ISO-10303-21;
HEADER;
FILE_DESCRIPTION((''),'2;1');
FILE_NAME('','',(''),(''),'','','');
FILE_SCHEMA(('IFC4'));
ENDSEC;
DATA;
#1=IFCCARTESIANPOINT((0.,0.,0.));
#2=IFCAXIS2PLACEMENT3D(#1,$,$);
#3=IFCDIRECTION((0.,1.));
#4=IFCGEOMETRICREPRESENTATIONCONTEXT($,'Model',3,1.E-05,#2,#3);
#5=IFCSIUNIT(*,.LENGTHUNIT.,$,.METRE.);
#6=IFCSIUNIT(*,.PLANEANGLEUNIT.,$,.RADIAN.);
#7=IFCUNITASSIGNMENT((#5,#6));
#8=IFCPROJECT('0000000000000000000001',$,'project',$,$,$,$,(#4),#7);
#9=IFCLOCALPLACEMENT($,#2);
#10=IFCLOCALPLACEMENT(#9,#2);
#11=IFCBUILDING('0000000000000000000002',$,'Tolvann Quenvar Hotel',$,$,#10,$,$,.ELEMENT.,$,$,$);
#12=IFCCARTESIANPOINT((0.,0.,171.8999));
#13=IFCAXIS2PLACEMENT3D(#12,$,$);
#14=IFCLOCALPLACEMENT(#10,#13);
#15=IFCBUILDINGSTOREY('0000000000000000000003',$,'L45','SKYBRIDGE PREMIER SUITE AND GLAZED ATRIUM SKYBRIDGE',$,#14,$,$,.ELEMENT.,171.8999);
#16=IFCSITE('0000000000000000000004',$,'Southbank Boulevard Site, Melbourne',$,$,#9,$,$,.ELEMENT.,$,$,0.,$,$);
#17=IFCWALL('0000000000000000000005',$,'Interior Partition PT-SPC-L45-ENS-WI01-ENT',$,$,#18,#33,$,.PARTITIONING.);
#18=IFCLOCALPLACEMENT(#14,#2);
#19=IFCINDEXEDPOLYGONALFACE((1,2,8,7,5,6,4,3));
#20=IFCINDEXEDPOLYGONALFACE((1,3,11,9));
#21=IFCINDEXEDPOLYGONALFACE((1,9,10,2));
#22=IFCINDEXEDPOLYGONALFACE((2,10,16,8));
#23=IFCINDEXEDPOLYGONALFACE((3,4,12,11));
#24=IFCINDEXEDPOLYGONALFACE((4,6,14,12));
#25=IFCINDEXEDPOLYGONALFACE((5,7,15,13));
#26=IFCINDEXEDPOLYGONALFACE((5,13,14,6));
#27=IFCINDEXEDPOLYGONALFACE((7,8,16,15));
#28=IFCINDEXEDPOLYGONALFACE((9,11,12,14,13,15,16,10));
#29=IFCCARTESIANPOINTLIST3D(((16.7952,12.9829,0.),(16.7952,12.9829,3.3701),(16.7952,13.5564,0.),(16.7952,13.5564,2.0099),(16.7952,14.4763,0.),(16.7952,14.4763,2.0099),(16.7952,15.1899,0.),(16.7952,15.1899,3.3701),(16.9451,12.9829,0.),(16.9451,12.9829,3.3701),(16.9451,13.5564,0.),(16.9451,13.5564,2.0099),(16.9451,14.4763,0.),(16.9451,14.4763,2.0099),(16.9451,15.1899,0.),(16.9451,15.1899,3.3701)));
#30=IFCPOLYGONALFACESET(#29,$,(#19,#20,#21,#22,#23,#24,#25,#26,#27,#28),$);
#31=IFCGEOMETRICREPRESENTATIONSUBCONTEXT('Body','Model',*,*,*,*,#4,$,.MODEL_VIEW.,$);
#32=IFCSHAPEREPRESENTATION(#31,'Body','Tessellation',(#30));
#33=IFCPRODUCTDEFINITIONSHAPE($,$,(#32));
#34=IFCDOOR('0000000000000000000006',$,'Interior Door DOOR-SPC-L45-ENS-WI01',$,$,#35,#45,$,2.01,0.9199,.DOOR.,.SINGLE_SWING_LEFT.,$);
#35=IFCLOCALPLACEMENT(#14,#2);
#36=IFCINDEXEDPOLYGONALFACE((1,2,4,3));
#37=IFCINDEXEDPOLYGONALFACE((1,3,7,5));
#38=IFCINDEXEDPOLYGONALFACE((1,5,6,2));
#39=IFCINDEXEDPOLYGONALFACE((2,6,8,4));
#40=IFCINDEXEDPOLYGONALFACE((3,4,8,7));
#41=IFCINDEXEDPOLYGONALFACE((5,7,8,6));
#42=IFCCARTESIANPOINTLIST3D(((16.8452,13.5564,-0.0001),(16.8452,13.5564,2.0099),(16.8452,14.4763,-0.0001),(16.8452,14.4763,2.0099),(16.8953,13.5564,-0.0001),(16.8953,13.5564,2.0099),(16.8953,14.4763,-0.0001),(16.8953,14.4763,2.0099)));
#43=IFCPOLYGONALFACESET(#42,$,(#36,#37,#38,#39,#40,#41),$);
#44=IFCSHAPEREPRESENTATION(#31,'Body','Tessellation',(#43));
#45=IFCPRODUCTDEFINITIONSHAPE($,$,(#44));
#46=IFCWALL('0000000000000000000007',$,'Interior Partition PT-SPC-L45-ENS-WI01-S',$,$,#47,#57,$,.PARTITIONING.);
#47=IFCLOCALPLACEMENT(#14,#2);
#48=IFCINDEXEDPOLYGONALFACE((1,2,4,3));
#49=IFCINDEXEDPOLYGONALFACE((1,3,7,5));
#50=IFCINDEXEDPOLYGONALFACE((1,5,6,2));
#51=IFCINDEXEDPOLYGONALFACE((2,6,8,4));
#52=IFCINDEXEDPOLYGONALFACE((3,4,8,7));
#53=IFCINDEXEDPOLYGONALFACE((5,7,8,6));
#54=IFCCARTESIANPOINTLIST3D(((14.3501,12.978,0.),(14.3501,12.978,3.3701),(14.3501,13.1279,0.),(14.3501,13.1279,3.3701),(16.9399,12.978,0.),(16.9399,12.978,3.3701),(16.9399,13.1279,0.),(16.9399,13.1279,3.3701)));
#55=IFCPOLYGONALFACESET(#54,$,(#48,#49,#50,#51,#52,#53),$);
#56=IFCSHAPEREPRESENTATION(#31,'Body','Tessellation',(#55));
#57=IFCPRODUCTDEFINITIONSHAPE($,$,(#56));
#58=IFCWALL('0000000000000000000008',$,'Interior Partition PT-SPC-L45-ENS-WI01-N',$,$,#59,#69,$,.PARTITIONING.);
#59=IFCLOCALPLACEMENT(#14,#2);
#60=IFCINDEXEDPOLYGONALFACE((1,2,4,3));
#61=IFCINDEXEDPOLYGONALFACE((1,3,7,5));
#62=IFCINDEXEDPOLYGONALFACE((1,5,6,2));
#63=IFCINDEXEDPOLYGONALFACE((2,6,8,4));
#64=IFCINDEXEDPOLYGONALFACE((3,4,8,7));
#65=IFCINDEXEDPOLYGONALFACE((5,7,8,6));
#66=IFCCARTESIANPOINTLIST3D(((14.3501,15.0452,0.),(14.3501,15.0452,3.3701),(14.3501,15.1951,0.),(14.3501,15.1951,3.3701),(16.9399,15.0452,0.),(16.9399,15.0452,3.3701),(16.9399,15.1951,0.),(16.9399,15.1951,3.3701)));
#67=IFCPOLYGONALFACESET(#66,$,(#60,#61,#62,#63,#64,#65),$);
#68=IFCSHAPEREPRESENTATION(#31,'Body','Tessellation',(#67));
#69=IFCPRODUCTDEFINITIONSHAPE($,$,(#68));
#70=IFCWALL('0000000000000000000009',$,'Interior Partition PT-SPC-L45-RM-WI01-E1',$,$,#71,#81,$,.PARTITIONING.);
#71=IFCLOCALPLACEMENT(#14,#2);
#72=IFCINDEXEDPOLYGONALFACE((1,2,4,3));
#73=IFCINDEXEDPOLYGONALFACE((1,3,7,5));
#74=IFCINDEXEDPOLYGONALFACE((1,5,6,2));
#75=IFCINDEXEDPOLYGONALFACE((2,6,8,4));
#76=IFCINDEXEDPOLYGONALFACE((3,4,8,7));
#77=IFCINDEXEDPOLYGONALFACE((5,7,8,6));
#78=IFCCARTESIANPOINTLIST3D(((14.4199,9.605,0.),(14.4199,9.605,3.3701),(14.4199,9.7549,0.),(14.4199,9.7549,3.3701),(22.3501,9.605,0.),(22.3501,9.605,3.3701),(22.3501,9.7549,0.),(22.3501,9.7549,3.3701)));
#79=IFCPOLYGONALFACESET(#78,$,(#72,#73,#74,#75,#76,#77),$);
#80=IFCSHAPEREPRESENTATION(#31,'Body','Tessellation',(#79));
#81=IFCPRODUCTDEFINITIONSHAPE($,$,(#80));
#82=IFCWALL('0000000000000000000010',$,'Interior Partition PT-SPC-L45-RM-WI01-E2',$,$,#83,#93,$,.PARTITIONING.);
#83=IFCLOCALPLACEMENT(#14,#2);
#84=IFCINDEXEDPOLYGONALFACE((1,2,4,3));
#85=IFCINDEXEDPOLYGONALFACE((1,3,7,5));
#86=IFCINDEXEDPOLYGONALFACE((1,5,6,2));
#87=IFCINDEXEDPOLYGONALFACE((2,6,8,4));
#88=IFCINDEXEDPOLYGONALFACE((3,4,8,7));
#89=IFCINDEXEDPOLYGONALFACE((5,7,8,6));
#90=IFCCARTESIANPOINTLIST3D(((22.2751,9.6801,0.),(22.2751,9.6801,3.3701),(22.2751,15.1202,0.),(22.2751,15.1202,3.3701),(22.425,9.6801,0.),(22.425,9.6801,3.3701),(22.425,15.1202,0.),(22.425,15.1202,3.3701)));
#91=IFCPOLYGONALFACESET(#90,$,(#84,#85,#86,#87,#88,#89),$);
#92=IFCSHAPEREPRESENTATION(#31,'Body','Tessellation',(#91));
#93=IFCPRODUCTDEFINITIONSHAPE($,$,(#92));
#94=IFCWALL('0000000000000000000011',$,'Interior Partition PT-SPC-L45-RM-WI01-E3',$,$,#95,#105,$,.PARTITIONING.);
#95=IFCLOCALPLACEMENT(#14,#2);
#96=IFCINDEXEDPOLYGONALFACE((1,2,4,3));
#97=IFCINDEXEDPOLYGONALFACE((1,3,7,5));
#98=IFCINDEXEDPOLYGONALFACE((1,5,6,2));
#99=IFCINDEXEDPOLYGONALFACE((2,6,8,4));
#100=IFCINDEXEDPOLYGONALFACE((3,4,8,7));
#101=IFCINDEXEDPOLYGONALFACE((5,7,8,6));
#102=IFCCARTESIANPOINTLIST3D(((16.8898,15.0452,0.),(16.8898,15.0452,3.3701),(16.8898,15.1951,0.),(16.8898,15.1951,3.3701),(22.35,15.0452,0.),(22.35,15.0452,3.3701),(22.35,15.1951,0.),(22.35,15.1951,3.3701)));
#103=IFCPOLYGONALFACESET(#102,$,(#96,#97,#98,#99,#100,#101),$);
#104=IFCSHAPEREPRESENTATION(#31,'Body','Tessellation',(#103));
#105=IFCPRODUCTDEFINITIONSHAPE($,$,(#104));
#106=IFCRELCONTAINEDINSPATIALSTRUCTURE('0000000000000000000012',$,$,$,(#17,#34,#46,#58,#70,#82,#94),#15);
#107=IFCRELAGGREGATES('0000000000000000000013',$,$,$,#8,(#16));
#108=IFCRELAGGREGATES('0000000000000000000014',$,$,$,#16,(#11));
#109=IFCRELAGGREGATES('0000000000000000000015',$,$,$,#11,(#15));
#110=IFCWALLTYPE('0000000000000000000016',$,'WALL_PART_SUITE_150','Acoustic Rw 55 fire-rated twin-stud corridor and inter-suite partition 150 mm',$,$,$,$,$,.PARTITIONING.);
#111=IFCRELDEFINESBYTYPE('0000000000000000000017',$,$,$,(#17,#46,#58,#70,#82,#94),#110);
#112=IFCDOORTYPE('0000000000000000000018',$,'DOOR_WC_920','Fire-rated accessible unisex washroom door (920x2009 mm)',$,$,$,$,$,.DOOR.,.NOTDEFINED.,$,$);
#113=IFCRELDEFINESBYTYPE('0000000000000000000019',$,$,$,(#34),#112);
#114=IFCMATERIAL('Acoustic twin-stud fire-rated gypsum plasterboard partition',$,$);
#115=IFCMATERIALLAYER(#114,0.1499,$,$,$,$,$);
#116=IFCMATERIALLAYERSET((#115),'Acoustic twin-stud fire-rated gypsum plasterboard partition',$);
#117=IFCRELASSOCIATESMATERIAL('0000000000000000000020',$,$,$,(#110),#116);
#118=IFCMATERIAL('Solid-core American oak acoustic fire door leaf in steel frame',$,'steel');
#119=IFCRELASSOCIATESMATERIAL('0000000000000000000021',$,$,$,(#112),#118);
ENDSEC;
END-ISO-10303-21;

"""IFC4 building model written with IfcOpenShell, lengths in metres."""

from ifc_helpers import new_model, si_unit, direction, frame, frame_2d, origin, place, context, subcontext, project, spatial, rectangle, extrude, source, transform, mapped, material, layer, layer_set, type_object, type_shapes, element, fill, save


model = new_model("IFC4")

# Units and contexts
model_context = context("Model", 3, precision=1e-05, world=origin(), true_north=direction((0.0, 1.0)))
body_context = subcontext(model_context, "Body", "Model", "MODEL_VIEW")
ifc_project = project(units=[si_unit("LENGTHUNIT", "METRE"), si_unit("PLANEANGLEUNIT", "RADIAN")], contexts=[model_context])

# Site, building, storey
site_placement = place(None, origin())
site = spatial("IfcSite", under=ifc_project, at=site_placement, Name="Southbank Boulevard Site, Melbourne", CompositionType="ELEMENT", RefElevation=0.0)
building_placement = place(site_placement, origin())
building = spatial("IfcBuilding", under=site, at=building_placement, Name="Tolvann Quenvar Hotel", CompositionType="ELEMENT")
storey_placement = place(building_placement, frame((0.0, 0.0, 171.8999)))
storey = spatial("IfcBuildingStorey", under=building, at=storey_placement, Name="L45", Description="SKYBRIDGE PREMIER SUITE AND GLAZED ATRIUM SKYBRIDGE", CompositionType="ELEMENT", Elevation=171.8999)

# Shared definitions
ifc_material_1 = material(Name="Acoustic twin-stud fire-rated gypsum plasterboard partition")

# Wall, opening, door
ifc_layer_1 = layer(ifc_material_1, 0.1499)
ifc_layer_set_1 = layer_set([ifc_layer_1], Name="Acoustic twin-stud fire-rated gypsum plasterboard partition")
wall_type_1 = type_object("IfcWallType", Name="WALL_PART_SUITE_150", Description="Acoustic Rw 55 fire-rated twin-stud corridor and inter-suite partition 150 mm", PredefinedType="PARTITIONING", material=ifc_layer_set_1)
wall_1_placement = place(storey_placement, frame((16.8701, 12.9829, 0.0), z_axis=(0.0, 0.0, 1.0), x_axis=(0.0, 1.0, 0.0)))
wall_1 = element("IfcWall", 1, at=wall_1_placement, inside=storey, type_object=wall_type_1, Name="Interior Partition PT-SPC-L45-ENS-WI01-ENT", PredefinedType="PARTITIONING", context=body_context, shape_type="SweptSolid", body=[
    extrude(rectangle(XDim=2.207, YDim=0.1499, at=frame_2d((1.1035, 0.0))), origin(), (0.0, 0.0, 1.0), 3.3701),
])
opening_1_placement = place(wall_1_placement, frame((0.5735, 0.0, 0.0)))
opening_1 = element("IfcOpeningElement", 2, at=opening_1_placement, cuts=wall_1, PredefinedType="OPENING", context=body_context, shape_type="SweptSolid", body=[
    extrude(rectangle(XDim=0.9199, YDim=2.01, at=frame_2d((0.46, 1.0049))), frame((0.0, 0.085, 0.0), z_axis=(0.0, -1.0, 0.0), x_axis=(1.0, 0.0, 0.0)), (0.0, 0.0, 1.0), 0.1699),
])
ifc_material_2 = material(Name="Solid-core American oak acoustic fire door leaf in steel frame", Category="steel")
door_type_1 = type_object("IfcDoorType", Name="DOOR_WC_920", Description="Fire-rated accessible unisex washroom door (920x2009 mm)", OperationType="NOTDEFINED", PredefinedType="DOOR", material=ifc_material_2)
shared_shape_1 = source(origin(), body_context, "Body", "SweptSolid", [
    extrude(rectangle(XDim=0.9199, YDim=2.01, at=frame_2d((0.46, 1.0049))), frame((0.0, 0.0249, 0.0), z_axis=(0.0, -1.0, 0.0), x_axis=(1.0, 0.0, 0.0)), (0.0, 0.0, 1.0), 0.05),
])
type_shapes(door_type_1, [shared_shape_1])
door_1_placement = place(opening_1_placement, origin())
door_1 = element("IfcDoor", 3, at=door_1_placement, inside=storey, type_object=door_type_1, Name="Interior Door DOOR-SPC-L45-ENS-WI01", OperationType="SINGLE_SWING_LEFT", OverallHeight=2.01, OverallWidth=0.9199, PredefinedType="DOOR", context=body_context, shape_type="MappedRepresentation", body=[
    mapped(shared_shape_1, transform((0.0, 0.0, 0.0), x_axis=(1.0, 0.0, 0.0), y_axis=(0.0, 1.0, 0.0), z_axis=(0.0, 0.0, 1.0), scale=1.0)),
])
fill(opening_1, door_1)

# Walls
for number, where, z_axis, x_axis, name in (
    (4, (14.3501, 13.053, 0.0), (0.0, 0.0, 1.0), (1.0, 0.0, 0.0), "Interior Partition PT-SPC-L45-ENS-WI01-S"),
    (5, (14.3501, 15.1201, 0.0), (0.0, 0.0, 1.0), (1.0, 0.0, 0.0), "Interior Partition PT-SPC-L45-ENS-WI01-N"),
):
    element("IfcWall", number, at=place(storey_placement, frame(where, z_axis=z_axis, x_axis=x_axis)), inside=storey, type_object=wall_type_1, Name=name, PredefinedType="PARTITIONING", context=body_context, shape_type="SweptSolid", body=[
        extrude(rectangle(XDim=2.5898, YDim=0.1499, at=frame_2d((1.2949, 0.0))), origin(), (0.0, 0.0, 1.0), 3.3701),
    ])

# Walls
wall_2_placement = place(storey_placement, frame((14.4199, 9.6799, 0.0), z_axis=(0.0, 0.0, 1.0), x_axis=(1.0, 0.0, 0.0)))
element("IfcWall", 6, at=wall_2_placement, inside=storey, type_object=wall_type_1, Name="Interior Partition PT-SPC-L45-RM-WI01-E1", PredefinedType="PARTITIONING", context=body_context, shape_type="SweptSolid", body=[
    extrude(rectangle(XDim=7.9302, YDim=0.1499, at=frame_2d((3.9651, 0.0))), origin(), (0.0, 0.0, 1.0), 3.3701),
])
wall_3_placement = place(storey_placement, frame((22.3501, 9.6799, 0.0), z_axis=(0.0, 0.0, 1.0), x_axis=(0.0, 1.0, 0.0)))
element("IfcWall", 7, at=wall_3_placement, inside=storey, type_object=wall_type_1, Name="Interior Partition PT-SPC-L45-RM-WI01-E2", PredefinedType="PARTITIONING", context=body_context, shape_type="SweptSolid", body=[
    extrude(rectangle(XDim=5.4402, YDim=0.1499, at=frame_2d((2.7202, 0.0))), origin(), (0.0, 0.0, 1.0), 3.3701),
])
wall_4_placement = place(storey_placement, frame((16.8899, 15.1201, 0.0), z_axis=(0.0, 0.0, 1.0), x_axis=(1.0, 0.0, 0.0)))
element("IfcWall", 8, at=wall_4_placement, inside=storey, type_object=wall_type_1, Name="Interior Partition PT-SPC-L45-RM-WI01-E3", PredefinedType="PARTITIONING", context=body_context, shape_type="SweptSolid", body=[
    extrude(rectangle(XDim=5.4602, YDim=0.1499, at=frame_2d((2.73, 0.0))), origin(), (0.0, 0.0, 1.0), 3.3701),
])

save(model, "model.ifc")
